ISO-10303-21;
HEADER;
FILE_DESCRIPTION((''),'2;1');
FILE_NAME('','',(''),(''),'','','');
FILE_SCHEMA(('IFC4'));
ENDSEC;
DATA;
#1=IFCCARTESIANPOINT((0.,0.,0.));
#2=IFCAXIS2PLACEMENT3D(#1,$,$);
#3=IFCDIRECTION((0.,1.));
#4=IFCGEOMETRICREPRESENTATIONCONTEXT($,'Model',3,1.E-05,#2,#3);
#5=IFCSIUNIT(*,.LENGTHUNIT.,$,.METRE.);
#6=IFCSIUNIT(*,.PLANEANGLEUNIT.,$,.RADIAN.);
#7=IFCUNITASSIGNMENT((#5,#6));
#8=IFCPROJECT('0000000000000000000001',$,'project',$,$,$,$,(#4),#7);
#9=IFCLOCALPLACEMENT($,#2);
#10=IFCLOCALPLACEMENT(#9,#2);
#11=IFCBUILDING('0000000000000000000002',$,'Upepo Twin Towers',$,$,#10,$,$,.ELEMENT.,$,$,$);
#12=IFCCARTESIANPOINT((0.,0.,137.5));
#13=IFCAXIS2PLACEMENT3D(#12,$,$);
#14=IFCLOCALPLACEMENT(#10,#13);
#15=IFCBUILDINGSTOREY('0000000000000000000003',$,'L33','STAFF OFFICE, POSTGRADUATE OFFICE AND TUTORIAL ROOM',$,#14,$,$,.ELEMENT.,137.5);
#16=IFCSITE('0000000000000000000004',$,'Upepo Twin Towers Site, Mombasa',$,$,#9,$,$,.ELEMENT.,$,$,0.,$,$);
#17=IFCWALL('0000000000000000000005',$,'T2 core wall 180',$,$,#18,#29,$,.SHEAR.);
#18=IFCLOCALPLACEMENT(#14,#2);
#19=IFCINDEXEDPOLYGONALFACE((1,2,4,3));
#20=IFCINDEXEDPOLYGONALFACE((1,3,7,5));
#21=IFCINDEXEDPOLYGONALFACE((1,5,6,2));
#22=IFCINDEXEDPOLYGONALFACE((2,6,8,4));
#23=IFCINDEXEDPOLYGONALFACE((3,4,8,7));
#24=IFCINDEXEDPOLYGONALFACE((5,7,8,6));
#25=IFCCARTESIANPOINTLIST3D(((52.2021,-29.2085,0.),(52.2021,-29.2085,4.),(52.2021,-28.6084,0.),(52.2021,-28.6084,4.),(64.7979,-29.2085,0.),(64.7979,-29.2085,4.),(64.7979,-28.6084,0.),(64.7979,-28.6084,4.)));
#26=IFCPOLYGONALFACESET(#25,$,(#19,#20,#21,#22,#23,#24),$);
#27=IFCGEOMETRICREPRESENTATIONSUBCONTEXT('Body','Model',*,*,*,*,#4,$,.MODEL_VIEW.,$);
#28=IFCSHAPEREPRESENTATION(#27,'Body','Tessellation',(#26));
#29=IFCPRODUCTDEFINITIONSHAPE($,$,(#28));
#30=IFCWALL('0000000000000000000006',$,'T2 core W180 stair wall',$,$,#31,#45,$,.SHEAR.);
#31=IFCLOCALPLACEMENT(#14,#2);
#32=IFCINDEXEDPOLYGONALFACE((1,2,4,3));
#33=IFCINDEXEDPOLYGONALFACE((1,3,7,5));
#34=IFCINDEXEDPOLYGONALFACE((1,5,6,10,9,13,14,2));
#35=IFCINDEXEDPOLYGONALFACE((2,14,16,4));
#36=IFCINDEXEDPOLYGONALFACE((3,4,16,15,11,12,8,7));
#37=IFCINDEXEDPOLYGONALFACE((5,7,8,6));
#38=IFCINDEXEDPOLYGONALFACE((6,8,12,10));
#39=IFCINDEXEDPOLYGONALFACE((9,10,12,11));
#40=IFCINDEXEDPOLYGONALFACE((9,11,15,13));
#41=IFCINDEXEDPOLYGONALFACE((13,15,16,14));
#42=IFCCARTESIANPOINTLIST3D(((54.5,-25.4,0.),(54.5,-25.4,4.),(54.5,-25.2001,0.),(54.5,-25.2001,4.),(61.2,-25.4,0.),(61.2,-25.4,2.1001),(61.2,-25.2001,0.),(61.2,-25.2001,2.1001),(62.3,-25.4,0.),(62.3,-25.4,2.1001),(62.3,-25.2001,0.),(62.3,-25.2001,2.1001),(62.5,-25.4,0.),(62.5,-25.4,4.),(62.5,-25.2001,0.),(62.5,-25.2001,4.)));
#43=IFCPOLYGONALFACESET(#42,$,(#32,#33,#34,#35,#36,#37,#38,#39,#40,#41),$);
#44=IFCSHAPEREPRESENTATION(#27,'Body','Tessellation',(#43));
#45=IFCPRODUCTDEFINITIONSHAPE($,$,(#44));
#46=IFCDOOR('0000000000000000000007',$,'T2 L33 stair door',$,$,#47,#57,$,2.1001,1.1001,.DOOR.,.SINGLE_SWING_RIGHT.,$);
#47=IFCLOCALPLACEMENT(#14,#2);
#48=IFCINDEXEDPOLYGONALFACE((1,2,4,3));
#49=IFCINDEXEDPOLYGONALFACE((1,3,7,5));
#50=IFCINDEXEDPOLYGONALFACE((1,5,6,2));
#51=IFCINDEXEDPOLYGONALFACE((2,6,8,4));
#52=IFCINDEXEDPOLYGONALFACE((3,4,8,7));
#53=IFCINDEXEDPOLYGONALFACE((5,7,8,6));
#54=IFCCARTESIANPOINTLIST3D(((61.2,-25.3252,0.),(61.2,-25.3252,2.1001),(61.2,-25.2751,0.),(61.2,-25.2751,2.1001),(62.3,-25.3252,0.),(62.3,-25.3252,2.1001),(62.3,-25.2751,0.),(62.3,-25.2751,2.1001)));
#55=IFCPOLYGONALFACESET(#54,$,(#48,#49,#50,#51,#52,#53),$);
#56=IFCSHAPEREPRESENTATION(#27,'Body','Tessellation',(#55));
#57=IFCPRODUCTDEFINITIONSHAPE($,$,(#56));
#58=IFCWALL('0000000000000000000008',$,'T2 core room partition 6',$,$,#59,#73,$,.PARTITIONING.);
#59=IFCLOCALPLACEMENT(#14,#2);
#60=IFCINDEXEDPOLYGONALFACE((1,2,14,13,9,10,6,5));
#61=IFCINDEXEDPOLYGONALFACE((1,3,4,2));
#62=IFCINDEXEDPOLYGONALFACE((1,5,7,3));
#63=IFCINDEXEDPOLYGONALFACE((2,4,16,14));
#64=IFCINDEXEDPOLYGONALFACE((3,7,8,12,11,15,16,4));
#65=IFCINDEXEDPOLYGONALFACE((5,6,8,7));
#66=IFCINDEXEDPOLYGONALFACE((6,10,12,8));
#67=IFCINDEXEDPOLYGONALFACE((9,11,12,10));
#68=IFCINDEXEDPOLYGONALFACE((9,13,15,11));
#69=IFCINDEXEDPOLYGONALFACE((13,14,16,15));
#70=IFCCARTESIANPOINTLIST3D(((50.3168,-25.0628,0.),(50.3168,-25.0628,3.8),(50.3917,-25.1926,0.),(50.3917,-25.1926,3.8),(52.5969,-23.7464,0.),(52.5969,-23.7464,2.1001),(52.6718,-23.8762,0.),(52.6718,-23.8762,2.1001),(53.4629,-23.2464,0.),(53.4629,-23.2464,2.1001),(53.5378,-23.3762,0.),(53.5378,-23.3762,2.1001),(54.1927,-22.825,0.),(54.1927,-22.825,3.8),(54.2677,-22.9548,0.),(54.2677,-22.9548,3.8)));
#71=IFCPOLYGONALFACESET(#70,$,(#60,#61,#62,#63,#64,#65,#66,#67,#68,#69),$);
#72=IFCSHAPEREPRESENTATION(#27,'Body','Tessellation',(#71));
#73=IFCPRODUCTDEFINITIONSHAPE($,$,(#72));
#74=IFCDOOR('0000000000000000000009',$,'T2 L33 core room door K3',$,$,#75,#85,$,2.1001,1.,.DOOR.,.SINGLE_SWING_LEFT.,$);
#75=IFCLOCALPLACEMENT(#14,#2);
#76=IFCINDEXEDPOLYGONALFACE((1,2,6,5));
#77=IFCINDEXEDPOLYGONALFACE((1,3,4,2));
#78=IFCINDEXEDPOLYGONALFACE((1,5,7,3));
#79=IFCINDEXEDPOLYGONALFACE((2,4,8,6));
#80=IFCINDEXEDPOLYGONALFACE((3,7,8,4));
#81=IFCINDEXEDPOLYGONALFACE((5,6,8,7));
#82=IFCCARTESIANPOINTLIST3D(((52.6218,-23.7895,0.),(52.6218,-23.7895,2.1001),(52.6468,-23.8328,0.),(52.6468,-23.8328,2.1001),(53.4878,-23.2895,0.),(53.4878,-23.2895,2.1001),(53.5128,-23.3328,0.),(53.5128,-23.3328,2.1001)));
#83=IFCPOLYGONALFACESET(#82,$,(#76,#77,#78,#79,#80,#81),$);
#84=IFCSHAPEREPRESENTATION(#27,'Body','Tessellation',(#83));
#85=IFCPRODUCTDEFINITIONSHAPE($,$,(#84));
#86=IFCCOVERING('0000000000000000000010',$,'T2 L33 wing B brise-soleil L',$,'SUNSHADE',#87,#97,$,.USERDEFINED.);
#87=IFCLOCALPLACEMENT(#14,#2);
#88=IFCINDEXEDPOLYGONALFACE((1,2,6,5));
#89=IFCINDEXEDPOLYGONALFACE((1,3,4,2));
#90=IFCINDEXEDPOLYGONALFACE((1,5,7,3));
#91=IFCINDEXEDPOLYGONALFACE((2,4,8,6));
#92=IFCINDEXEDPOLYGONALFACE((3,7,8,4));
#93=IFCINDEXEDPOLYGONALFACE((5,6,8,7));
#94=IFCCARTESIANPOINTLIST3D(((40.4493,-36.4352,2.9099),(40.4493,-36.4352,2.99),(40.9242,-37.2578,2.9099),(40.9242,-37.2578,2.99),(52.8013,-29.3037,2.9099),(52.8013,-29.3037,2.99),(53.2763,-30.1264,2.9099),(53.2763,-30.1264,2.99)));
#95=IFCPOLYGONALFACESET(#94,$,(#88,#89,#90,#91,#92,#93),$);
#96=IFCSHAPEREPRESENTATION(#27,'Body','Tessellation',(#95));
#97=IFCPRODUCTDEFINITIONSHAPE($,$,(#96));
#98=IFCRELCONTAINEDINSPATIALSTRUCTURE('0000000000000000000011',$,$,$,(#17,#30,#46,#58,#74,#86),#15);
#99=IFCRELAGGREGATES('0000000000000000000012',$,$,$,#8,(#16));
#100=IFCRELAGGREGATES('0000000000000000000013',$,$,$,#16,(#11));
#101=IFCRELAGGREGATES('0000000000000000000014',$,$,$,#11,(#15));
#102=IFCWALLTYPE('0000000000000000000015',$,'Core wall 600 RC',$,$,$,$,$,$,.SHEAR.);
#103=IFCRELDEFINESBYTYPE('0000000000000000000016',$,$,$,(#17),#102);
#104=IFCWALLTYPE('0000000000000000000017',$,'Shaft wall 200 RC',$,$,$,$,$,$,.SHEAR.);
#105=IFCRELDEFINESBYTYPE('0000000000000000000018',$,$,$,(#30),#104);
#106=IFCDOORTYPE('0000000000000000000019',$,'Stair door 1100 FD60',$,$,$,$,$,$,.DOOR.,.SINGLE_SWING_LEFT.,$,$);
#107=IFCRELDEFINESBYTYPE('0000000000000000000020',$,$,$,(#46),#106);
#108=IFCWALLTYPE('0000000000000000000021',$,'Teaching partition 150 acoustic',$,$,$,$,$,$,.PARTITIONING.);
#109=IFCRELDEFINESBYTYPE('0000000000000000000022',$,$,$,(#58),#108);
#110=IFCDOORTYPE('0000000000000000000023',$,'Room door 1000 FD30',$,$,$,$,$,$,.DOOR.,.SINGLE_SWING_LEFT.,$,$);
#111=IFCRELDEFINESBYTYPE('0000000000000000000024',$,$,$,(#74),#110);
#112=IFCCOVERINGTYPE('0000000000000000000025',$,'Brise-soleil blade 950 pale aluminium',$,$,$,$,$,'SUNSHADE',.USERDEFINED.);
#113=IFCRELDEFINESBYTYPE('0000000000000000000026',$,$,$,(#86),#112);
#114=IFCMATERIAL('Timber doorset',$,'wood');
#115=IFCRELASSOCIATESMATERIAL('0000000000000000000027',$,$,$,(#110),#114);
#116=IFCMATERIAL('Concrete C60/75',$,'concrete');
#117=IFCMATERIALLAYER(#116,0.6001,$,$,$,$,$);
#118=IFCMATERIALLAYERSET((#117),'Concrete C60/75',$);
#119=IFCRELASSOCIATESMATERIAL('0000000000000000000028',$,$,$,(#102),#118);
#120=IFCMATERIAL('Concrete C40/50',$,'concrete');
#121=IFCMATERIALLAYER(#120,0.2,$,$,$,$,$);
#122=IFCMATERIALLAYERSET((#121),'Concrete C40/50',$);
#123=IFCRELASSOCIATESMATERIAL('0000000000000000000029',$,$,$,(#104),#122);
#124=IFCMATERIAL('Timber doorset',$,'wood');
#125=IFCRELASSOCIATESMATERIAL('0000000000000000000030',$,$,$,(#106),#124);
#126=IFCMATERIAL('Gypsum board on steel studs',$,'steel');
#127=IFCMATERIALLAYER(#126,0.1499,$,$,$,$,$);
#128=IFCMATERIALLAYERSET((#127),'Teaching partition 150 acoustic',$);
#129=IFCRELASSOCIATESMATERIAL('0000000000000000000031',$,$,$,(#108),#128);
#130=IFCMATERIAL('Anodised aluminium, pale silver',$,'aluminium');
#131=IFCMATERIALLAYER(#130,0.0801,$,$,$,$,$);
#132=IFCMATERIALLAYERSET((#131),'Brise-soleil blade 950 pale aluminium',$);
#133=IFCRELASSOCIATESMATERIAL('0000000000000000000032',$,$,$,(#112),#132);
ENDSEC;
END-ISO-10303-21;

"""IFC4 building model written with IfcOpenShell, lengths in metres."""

from ifc_helpers import new_model, si_unit, direction, frame, frame_2d, origin, origin_2d, place, context, subcontext, project, spatial, rectangle, extrude, material, layer, layer_set, type_object, element, fill, save


model = new_model("IFC4")

# Units and contexts
model_context = context("Model", 3, precision=1e-05, world=origin(), true_north=direction((0.0, 1.0)))
body_context = subcontext(model_context, "Body", "Model", "MODEL_VIEW")
ifc_project = project(units=[si_unit("LENGTHUNIT", "METRE"), si_unit("PLANEANGLEUNIT", "RADIAN")], contexts=[model_context])

# Site, building, storey
site_placement = place(None, origin())
site = spatial("IfcSite", under=ifc_project, at=site_placement, Name="Upepo Twin Towers Site, Mombasa", CompositionType="ELEMENT", RefElevation=0.0)
building_placement = place(site_placement, origin())
building = spatial("IfcBuilding", under=site, at=building_placement, Name="Upepo Twin Towers", CompositionType="ELEMENT")
storey_placement = place(building_placement, frame((0.0, 0.0, 137.5)))
storey = spatial("IfcBuildingStorey", under=building, at=storey_placement, Name="L33", Description="STAFF OFFICE, POSTGRADUATE OFFICE AND TUTORIAL ROOM", CompositionType="ELEMENT", Elevation=137.5)

# Shared definitions
ifc_material_1 = material(Name="Timber doorset", Category="wood")
door_type_1 = type_object("IfcDoorType", Name="Room door 1000 FD30", OperationType="SINGLE_SWING_LEFT", PredefinedType="DOOR", material=ifc_material_1)

# Wall
ifc_material_2 = material(Name="Concrete C60/75", Category="concrete")
ifc_layer_1 = layer(ifc_material_2, 0.6001)
ifc_layer_set_1 = layer_set([ifc_layer_1], Name="Concrete C60/75")
wall_type_1 = type_object("IfcWallType", Name="Core wall 600 RC", PredefinedType="SHEAR", material=ifc_layer_set_1)
wall_1_placement = place(storey_placement, frame((52.2021, -28.9084, 0.0), z_axis=(0.0, 0.0, 1.0), x_axis=(1.0, 0.0, 0.0)))
element("IfcWall", 1, at=wall_1_placement, inside=storey, type_object=wall_type_1, Name="T2 core wall 180", PredefinedType="SHEAR", context=body_context, shape_type="SweptSolid", body=[
    extrude(rectangle(XDim=12.5957, YDim=0.6001, at=frame_2d((6.2979, 0.0))), origin(), (0.0, 0.0, 1.0), 4.0),
])

# Walls, openings, doors
ifc_material_3 = material(Name="Concrete C40/50", Category="concrete")
ifc_layer_2 = layer(ifc_material_3, 0.2)
ifc_layer_set_2 = layer_set([ifc_layer_2], Name="Concrete C40/50")
wall_type_2 = type_object("IfcWallType", Name="Shaft wall 200 RC", PredefinedType="SHEAR", material=ifc_layer_set_2)
wall_2_placement = place(storey_placement, frame((54.5, -25.3, 0.0), z_axis=(0.0, 0.0, 1.0), x_axis=(1.0, 0.0, 0.0)))
wall_2 = element("IfcWall", 2, at=wall_2_placement, inside=storey, type_object=wall_type_2, Name="T2 core W180 stair wall", PredefinedType="SHEAR", context=body_context, shape_type="SweptSolid", body=[
    extrude(rectangle(XDim=8.0, YDim=0.2, at=frame_2d((4.0, 0.0))), origin(), (0.0, 0.0, 1.0), 4.0),
])
opening_1_placement = place(wall_2_placement, frame((6.7, 0.0, 0.0)))
opening_1 = element("IfcOpeningElement", 3, at=opening_1_placement, cuts=wall_2, PredefinedType="OPENING", context=body_context, shape_type="SweptSolid", body=[
    extrude(rectangle(XDim=1.1001, YDim=2.1001, at=frame_2d((0.55, 1.05))), frame((0.0, 0.1099, 0.0), z_axis=(0.0, -1.0, 0.0), x_axis=(1.0, 0.0, 0.0)), (0.0, 0.0, 1.0), 0.22),
])
ifc_material_4 = material(Name="Timber doorset", Category="wood")
door_type_2 = type_object("IfcDoorType", Name="Stair door 1100 FD60", OperationType="SINGLE_SWING_LEFT", PredefinedType="DOOR", material=ifc_material_4)
door_1_placement = place(opening_1_placement, origin())
door_1 = element("IfcDoor", 4, at=door_1_placement, inside=storey, type_object=door_type_2, Name="T2 L33 stair door", OperationType="SINGLE_SWING_RIGHT", OverallHeight=2.1001, OverallWidth=1.1001, PredefinedType="DOOR", context=body_context, shape_type="SweptSolid", body=[
    extrude(rectangle(XDim=1.1001, YDim=2.1001, at=frame_2d((0.55, 1.05))), frame((0.0, 0.0249, 0.0), z_axis=(0.0, -1.0, 0.0), x_axis=(1.0, 0.0, 0.0)), (0.0, 0.0, 1.0), 0.05),
])
fill(opening_1, door_1)
ifc_material_5 = material(Name="Gypsum board on steel studs", Category="steel")
ifc_layer_3 = layer(ifc_material_5, 0.1499)
ifc_layer_set_3 = layer_set([ifc_layer_3], Name="Teaching partition 150 acoustic")
wall_type_3 = type_object("IfcWallType", Name="Teaching partition 150 acoustic", PredefinedType="PARTITIONING", material=ifc_layer_set_3)
wall_3_placement = place(storey_placement, frame((54.2302, -22.8899, 0.0), z_axis=(0.0, 0.0, 1.0), x_axis=(-0.866026, -0.499999, 0.0)))
wall_3 = element("IfcWall", 5, at=wall_3_placement, inside=storey, type_object=wall_type_3, Name="T2 core room partition 6", PredefinedType="PARTITIONING", context=body_context, shape_type="SweptSolid", body=[
    extrude(rectangle(XDim=4.4756, YDim=0.1499, at=frame_2d((2.2378, 0.0))), origin(), (0.0, 0.0, 1.0), 3.8),
])
opening_2_placement = place(wall_3_placement, frame((0.8428, 0.0, 0.0)))
opening_2 = element("IfcOpeningElement", 6, at=opening_2_placement, cuts=wall_3, PredefinedType="OPENING", context=body_context, shape_type="SweptSolid", body=[
    extrude(rectangle(XDim=1.0, YDim=2.1001, at=frame_2d((0.5, 1.05))), frame((0.0, 0.085, 0.0), z_axis=(0.0, -1.0, 0.0), x_axis=(1.0, 0.0, 0.0)), (0.0, 0.0, 1.0), 0.1699),
])
door_2_placement = place(opening_2_placement, origin())
door_2 = element("IfcDoor", 7, at=door_2_placement, inside=storey, type_object=door_type_1, Name="T2 L33 core room door K3", OperationType="SINGLE_SWING_LEFT", OverallHeight=2.1001, OverallWidth=1.0, PredefinedType="DOOR", context=body_context, shape_type="SweptSolid", body=[
    extrude(rectangle(XDim=1.0, YDim=2.1001, at=frame_2d((0.5, 1.05))), frame((0.0, 0.0249, 0.0), z_axis=(0.0, -1.0, 0.0), x_axis=(1.0, 0.0, 0.0)), (0.0, 0.0, 1.0), 0.05),
])
fill(opening_2, door_2)

# Covering
ifc_material_6 = material(Name="Anodised aluminium, pale silver", Category="aluminium")
ifc_layer_4 = layer(ifc_material_6, 0.0801)
ifc_layer_set_4 = layer_set([ifc_layer_4], Name="Brise-soleil blade 950 pale aluminium")
covering_type = type_object("IfcCoveringType", Name="Brise-soleil blade 950 pale aluminium", ElementType="SUNSHADE", PredefinedType="USERDEFINED", material=ifc_layer_set_4)
covering_placement = place(storey_placement, frame((46.8628, -33.2808, 2.9099), z_axis=(0.0, 0.0, 1.0), x_axis=(-0.866025, -0.5, 0.0)))
element("IfcCovering", 8, at=covering_placement, inside=storey, type_object=covering_type, Name="T2 L33 wing B brise-soleil L", ObjectType="SUNSHADE", PredefinedType="USERDEFINED", context=body_context, shape_type="SweptSolid", body=[
    extrude(rectangle(XDim=14.2629, YDim=0.95, at=origin_2d()), origin(), (0.0, 0.0, 1.0), 0.0801),
])

save(model, "model.ifc")
